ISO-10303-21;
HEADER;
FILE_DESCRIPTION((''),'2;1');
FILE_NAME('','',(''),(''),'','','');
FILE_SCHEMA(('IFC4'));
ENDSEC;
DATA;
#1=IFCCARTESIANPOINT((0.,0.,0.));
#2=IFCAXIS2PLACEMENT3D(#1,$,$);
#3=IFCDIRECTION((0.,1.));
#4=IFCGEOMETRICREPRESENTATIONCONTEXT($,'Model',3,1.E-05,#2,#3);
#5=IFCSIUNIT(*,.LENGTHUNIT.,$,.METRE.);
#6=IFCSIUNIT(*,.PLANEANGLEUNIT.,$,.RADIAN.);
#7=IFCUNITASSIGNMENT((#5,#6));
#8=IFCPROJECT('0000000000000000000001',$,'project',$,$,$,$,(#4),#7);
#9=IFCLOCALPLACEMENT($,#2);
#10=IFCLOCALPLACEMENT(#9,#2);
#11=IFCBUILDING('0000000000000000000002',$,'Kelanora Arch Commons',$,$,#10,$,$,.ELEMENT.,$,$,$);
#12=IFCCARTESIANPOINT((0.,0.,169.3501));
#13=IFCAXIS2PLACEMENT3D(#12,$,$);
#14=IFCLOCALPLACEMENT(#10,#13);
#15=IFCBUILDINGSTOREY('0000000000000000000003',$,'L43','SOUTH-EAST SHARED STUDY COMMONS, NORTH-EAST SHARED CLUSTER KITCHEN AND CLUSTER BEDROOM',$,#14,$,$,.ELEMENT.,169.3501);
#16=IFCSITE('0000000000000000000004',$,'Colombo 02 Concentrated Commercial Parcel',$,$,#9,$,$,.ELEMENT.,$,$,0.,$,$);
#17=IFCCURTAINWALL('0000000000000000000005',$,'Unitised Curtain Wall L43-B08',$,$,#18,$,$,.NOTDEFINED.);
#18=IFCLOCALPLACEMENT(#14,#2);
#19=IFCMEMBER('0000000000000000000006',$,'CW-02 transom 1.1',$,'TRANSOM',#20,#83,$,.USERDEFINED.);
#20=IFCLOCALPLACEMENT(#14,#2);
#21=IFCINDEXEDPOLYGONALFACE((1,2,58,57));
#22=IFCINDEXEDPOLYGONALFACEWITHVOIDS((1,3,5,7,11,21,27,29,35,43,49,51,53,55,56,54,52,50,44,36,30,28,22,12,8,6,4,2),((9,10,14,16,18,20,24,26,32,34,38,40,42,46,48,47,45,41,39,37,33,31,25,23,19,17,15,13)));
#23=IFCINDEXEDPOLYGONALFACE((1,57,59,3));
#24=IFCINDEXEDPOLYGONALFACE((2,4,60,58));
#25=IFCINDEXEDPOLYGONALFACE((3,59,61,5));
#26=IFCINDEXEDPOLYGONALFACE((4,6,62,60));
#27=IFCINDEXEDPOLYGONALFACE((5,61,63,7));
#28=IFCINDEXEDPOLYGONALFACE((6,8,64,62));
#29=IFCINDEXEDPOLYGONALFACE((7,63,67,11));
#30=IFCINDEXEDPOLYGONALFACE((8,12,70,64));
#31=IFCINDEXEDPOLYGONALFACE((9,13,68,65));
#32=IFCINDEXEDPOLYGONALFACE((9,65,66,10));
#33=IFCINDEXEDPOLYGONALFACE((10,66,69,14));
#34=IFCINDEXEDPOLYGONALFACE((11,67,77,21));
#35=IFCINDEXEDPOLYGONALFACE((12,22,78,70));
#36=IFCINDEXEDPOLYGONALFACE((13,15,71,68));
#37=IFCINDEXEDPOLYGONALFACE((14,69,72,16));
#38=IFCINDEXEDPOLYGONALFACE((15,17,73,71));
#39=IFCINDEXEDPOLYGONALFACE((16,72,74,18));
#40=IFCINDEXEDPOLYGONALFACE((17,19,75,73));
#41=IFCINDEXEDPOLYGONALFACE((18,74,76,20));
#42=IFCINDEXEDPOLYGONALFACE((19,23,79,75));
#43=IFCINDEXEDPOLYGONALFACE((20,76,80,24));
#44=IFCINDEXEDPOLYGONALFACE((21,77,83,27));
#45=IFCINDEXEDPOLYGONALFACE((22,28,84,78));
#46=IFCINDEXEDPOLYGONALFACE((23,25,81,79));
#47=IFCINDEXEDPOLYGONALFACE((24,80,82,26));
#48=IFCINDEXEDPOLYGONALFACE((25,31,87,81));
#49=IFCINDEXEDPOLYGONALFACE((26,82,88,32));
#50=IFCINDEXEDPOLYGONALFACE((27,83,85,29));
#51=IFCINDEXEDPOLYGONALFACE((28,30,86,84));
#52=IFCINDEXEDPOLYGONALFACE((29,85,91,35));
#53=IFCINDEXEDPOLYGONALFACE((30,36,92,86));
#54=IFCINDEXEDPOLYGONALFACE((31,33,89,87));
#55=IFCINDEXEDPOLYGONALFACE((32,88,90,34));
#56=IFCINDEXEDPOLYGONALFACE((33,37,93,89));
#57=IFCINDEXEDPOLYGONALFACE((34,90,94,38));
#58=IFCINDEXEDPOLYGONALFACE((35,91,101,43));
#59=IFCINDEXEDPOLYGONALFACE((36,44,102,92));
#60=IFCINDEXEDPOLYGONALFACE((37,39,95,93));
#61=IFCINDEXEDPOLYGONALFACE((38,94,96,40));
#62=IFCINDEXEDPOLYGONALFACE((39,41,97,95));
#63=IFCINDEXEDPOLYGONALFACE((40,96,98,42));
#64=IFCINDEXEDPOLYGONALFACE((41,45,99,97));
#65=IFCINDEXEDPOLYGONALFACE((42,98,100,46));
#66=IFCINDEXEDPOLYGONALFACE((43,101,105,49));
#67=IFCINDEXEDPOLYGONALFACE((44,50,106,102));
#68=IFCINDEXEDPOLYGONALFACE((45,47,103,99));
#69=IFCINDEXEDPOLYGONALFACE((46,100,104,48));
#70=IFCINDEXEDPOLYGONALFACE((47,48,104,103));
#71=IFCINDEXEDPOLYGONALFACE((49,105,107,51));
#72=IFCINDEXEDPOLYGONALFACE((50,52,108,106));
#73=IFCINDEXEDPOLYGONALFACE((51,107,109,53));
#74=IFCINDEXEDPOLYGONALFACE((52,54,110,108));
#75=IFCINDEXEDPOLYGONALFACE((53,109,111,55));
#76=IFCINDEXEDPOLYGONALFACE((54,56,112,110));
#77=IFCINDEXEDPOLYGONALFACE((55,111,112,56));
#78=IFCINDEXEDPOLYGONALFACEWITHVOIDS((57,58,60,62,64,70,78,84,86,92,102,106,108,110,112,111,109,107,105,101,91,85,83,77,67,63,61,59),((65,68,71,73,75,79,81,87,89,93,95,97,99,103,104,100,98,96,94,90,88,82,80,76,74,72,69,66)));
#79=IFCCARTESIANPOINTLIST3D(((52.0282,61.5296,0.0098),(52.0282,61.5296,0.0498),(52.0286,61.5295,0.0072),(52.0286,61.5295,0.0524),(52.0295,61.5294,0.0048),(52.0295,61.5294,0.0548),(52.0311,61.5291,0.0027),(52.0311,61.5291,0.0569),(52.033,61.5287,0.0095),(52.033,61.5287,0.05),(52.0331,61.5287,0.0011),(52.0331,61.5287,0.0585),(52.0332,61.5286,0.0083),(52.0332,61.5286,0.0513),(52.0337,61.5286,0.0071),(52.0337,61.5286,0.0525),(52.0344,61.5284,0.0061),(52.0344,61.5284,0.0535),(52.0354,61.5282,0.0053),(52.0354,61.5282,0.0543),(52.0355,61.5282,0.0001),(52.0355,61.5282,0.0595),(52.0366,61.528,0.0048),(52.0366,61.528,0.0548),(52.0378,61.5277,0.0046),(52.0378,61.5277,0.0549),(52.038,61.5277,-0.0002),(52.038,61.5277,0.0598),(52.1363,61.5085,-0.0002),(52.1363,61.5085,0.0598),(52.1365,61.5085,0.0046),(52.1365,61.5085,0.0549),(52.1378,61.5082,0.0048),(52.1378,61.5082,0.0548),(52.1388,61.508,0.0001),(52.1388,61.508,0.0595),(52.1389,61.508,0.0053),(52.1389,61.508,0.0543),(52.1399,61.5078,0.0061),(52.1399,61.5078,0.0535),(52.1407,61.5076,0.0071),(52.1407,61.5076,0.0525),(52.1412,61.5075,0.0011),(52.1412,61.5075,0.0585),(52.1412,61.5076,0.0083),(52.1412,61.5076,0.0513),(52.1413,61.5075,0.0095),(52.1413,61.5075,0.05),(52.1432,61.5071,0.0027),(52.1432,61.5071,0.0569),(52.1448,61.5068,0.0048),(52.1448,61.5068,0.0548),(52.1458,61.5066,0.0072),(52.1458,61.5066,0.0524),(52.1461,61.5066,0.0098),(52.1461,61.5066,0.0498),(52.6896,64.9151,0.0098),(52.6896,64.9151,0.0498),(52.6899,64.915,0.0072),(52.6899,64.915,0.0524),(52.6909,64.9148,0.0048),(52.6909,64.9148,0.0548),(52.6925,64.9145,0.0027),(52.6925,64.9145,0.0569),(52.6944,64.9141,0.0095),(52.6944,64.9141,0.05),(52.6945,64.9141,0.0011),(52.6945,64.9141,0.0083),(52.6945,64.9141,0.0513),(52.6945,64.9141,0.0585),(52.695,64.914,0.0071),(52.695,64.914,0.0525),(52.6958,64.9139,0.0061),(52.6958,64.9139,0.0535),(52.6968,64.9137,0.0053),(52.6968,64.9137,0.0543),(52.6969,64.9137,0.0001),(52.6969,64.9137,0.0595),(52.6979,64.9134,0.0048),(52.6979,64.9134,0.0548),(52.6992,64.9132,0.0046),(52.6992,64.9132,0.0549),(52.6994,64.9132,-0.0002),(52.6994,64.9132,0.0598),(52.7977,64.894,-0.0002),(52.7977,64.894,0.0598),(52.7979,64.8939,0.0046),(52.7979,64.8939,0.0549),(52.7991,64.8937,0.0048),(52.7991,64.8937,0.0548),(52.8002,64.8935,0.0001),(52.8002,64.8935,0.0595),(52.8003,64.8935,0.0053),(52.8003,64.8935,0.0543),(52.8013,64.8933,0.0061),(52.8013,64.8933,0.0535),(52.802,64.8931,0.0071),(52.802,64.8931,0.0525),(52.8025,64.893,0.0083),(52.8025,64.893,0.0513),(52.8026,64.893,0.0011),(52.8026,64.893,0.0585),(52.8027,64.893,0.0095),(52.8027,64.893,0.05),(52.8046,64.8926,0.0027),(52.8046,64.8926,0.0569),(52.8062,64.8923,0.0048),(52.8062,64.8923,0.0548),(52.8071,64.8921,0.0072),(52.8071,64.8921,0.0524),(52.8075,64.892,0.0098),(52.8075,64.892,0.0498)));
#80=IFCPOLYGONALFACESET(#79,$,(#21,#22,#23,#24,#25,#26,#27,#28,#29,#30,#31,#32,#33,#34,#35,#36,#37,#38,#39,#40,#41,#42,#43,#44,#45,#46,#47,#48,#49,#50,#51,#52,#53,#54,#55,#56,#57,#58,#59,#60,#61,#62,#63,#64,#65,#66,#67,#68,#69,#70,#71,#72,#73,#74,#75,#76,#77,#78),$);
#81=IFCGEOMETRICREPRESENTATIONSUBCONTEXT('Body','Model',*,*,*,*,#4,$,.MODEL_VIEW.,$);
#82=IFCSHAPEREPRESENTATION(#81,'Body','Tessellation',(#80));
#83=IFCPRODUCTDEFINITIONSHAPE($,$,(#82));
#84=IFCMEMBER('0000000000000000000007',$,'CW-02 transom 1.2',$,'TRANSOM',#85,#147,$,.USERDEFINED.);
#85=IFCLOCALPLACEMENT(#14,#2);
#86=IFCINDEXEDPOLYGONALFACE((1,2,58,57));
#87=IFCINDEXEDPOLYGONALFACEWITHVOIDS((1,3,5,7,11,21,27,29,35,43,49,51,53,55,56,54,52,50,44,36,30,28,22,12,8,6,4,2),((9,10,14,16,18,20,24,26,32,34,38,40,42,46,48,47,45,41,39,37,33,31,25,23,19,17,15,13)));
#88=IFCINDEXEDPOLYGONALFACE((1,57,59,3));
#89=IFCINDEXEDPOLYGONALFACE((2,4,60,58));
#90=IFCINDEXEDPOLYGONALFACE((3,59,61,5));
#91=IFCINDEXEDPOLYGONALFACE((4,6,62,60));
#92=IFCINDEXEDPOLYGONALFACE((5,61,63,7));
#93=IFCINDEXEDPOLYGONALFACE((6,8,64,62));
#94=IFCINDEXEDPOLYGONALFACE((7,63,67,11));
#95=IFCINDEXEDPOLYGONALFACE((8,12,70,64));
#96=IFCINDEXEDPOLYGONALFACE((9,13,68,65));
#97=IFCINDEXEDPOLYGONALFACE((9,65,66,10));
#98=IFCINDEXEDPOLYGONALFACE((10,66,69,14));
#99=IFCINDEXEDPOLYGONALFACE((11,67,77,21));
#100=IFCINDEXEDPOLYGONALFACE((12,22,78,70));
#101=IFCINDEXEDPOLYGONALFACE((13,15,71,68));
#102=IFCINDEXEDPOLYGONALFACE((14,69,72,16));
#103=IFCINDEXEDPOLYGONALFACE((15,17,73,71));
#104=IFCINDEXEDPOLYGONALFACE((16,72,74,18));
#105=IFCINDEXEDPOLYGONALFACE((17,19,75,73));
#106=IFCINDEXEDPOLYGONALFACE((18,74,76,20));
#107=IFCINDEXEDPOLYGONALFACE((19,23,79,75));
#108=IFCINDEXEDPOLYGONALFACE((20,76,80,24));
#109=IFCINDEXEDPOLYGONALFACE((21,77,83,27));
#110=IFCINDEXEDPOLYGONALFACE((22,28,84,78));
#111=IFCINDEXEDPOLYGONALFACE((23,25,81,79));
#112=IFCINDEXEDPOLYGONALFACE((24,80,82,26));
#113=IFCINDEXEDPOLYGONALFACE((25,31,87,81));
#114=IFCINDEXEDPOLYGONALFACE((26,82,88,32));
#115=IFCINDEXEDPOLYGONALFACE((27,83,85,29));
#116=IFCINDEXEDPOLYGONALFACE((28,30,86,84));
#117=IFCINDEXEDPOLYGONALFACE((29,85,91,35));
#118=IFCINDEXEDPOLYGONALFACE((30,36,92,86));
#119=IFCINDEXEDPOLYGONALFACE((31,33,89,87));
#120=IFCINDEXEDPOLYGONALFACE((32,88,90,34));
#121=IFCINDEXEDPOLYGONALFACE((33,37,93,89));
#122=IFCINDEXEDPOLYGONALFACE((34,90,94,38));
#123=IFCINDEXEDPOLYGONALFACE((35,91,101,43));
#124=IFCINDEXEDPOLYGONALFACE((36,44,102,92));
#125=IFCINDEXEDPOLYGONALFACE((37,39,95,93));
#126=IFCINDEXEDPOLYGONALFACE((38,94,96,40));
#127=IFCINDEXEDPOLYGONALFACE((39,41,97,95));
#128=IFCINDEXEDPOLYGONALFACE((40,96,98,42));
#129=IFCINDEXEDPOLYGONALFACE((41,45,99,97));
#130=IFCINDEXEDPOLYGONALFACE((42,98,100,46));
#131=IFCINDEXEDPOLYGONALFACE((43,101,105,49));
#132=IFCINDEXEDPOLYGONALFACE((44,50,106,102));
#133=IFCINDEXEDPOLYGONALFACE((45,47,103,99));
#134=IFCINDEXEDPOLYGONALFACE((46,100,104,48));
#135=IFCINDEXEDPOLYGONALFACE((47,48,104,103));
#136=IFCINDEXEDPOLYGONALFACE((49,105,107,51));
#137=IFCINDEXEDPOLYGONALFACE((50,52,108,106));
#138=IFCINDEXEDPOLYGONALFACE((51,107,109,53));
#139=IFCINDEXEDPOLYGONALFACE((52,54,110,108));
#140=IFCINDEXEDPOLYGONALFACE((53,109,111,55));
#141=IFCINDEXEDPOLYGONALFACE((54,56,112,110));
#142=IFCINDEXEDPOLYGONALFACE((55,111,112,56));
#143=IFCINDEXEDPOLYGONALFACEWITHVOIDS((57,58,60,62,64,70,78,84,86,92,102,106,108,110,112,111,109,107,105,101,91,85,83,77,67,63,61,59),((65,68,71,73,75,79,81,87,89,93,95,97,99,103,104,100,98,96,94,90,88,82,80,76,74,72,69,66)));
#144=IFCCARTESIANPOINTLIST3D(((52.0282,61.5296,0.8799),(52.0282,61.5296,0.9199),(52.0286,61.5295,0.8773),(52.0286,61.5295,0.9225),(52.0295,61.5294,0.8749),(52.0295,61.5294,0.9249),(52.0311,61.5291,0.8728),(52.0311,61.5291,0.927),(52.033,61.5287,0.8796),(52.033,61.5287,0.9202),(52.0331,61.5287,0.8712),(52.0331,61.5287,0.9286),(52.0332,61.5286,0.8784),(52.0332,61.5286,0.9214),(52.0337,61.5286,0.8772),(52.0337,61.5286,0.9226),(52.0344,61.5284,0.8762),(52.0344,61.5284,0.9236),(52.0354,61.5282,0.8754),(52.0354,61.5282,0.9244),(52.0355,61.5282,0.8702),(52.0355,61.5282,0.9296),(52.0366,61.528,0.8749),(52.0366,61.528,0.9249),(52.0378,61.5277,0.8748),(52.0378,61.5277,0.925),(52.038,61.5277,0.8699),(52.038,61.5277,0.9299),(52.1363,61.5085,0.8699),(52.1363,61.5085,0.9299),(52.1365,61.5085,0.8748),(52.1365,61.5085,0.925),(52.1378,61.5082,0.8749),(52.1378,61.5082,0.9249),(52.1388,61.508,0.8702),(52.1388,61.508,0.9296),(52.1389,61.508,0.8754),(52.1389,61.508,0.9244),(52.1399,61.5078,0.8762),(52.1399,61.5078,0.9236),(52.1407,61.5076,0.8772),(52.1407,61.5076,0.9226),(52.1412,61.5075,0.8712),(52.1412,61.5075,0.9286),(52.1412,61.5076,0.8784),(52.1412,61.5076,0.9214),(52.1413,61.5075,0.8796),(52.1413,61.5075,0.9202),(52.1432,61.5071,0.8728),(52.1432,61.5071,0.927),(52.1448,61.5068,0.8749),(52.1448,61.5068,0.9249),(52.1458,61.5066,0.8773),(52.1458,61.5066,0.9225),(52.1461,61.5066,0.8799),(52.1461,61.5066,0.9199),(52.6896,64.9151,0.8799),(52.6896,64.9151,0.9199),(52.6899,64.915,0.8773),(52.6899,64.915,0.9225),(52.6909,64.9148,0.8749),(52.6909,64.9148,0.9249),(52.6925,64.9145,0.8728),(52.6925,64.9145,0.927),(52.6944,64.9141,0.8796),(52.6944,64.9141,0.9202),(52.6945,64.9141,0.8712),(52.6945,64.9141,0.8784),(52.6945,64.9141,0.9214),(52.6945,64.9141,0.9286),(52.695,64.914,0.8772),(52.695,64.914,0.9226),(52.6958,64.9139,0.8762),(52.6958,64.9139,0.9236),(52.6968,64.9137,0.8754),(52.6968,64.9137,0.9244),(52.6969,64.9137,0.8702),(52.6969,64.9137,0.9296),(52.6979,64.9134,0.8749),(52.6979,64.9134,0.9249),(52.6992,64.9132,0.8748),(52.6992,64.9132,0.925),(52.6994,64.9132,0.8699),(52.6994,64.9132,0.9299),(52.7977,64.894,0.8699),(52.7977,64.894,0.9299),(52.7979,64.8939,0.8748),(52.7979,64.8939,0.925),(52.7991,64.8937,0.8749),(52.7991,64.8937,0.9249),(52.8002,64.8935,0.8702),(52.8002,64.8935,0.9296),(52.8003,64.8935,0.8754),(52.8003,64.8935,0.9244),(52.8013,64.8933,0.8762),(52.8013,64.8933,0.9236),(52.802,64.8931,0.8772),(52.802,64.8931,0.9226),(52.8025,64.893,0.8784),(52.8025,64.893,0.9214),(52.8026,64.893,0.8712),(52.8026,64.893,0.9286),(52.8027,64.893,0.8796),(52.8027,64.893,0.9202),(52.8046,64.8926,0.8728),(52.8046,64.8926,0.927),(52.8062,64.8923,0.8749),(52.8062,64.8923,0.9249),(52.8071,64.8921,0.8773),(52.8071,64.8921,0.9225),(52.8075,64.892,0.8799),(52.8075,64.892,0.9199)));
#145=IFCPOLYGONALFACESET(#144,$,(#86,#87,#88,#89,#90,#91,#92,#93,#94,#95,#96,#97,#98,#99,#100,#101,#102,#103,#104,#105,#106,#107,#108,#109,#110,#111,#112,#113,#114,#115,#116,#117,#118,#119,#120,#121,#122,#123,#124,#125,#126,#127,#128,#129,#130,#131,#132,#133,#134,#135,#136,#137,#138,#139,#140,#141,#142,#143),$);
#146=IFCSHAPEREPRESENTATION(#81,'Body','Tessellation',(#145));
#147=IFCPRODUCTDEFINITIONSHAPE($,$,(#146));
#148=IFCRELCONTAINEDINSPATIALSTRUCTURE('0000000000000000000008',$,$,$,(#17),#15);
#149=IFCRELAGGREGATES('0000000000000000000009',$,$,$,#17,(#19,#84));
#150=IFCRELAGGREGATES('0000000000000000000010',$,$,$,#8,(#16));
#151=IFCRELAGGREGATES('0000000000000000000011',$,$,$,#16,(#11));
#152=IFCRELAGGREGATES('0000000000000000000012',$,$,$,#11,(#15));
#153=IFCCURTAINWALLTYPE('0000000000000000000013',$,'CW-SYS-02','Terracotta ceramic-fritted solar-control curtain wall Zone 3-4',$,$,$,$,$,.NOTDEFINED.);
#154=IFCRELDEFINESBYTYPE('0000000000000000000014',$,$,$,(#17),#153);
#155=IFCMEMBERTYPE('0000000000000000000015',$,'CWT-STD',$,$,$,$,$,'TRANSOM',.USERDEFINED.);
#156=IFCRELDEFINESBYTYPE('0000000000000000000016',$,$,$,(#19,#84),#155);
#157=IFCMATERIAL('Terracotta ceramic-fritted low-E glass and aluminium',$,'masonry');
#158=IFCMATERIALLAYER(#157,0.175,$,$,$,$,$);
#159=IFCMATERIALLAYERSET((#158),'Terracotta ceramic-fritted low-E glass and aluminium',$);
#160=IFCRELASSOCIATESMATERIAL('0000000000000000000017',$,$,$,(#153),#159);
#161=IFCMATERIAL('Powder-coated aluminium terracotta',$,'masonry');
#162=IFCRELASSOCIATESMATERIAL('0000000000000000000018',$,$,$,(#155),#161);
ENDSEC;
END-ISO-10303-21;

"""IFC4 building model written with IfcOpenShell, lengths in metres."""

from ifc_helpers import new_model, si_unit, direction, frame, origin, origin_2d, place, context, subcontext, project, spatial, hollow_rectangle, extrude, material, layer, layer_set, material_profile, profile_set, type_object, element, aggregate, save


model = new_model("IFC4")

# Units and contexts
model_context = context("Model", 3, precision=1e-05, world=origin(), true_north=direction((0.0, 1.0)))
body_context = subcontext(model_context, "Body", "Model", "MODEL_VIEW")
ifc_project = project(units=[si_unit("LENGTHUNIT", "METRE"), si_unit("PLANEANGLEUNIT", "RADIAN")], contexts=[model_context])

# Site, building, storey
site_placement = place(None, origin())
site = spatial("IfcSite", under=ifc_project, at=site_placement, Name="Colombo 02 Concentrated Commercial Parcel", CompositionType="ELEMENT", RefElevation=0.0)
building_placement = place(site_placement, origin())
building = spatial("IfcBuilding", under=site, at=building_placement, Name="Kelanora Arch Commons", CompositionType="ELEMENT")
storey_placement = place(building_placement, frame((0.0, 0.0, 169.3501)))
storey = spatial("IfcBuildingStorey", under=building, at=storey_placement, Name="L43", Description="SOUTH-EAST SHARED STUDY COMMONS, NORTH-EAST SHARED CLUSTER KITCHEN AND CLUSTER BEDROOM", CompositionType="ELEMENT", Elevation=169.3501)

# Curtain wall, members
ifc_material_1 = material(Name="Terracotta ceramic-fritted low-E glass and aluminium", Category="masonry")
ifc_layer_1 = layer(ifc_material_1, 0.175)
ifc_layer_set_1 = layer_set([ifc_layer_1], Name="Terracotta ceramic-fritted low-E glass and aluminium")
curtain_wall_type = type_object("IfcCurtainWallType", Name="CW-SYS-02", Description="Terracotta ceramic-fritted solar-control curtain wall Zone 3-4", PredefinedType="NOTDEFINED", material=ifc_layer_set_1)
curtain_wall_placement = place(storey_placement, origin())
curtain_wall = element("IfcCurtainWall", 1, at=curtain_wall_placement, inside=storey, type_object=curtain_wall_type, Name="Unitised Curtain Wall L43-B08", PredefinedType="NOTDEFINED")
ifc_material_2 = material(Name="Powder-coated aluminium terracotta", Category="masonry")
ifc_material_profile_1 = material_profile(ifc_material_2, hollow_rectangle(XDim=0.1201, YDim=0.0601, WallThickness=0.0049, InnerFilletRadius=0.0049, OuterFilletRadius=0.01, at=origin_2d()), Name="CWT120x60")
ifc_profile_set_1 = profile_set([ifc_material_profile_1], Name="Powder-coated aluminium terracotta")
member_type_1 = type_object("IfcMemberType", Name="CWT-STD", ElementType="TRANSOM", PredefinedType="USERDEFINED", material=ifc_profile_set_1)
member_1_placement = place(storey_placement, frame((52.7485, 64.9036, 0.0298), z_axis=(-0.191732, -0.981447, 0.0), x_axis=(0.981447, -0.191732, 0.0)))
member_1 = element("IfcMember", 2, at=member_1_placement, type_object=member_type_1, Name="CW-02 transom 1.1", ObjectType="TRANSOM", PredefinedType="USERDEFINED", context=body_context, shape_type="SweptSolid", body=[
    extrude(hollow_rectangle(XDim=0.1201, YDim=0.0601, WallThickness=0.0049, InnerFilletRadius=0.0049, OuterFilletRadius=0.01, at=origin_2d()), origin(), (0.0, 0.0, 1.0), 3.4495),
])
member_2_placement = place(storey_placement, frame((52.7485, 64.9036, 0.8999), z_axis=(-0.191732, -0.981447, 0.0), x_axis=(0.981447, -0.191732, 0.0)))
member_2 = element("IfcMember", 3, at=member_2_placement, type_object=member_type_1, Name="CW-02 transom 1.2", ObjectType="TRANSOM", PredefinedType="USERDEFINED", context=body_context, shape_type="SweptSolid", body=[
    extrude(hollow_rectangle(XDim=0.1201, YDim=0.0601, WallThickness=0.0049, InnerFilletRadius=0.0049, OuterFilletRadius=0.01, at=origin_2d()), origin(), (0.0, 0.0, 1.0), 3.4495),
])
aggregate(curtain_wall, [member_1, member_2])

save(model, "model.ifc")
